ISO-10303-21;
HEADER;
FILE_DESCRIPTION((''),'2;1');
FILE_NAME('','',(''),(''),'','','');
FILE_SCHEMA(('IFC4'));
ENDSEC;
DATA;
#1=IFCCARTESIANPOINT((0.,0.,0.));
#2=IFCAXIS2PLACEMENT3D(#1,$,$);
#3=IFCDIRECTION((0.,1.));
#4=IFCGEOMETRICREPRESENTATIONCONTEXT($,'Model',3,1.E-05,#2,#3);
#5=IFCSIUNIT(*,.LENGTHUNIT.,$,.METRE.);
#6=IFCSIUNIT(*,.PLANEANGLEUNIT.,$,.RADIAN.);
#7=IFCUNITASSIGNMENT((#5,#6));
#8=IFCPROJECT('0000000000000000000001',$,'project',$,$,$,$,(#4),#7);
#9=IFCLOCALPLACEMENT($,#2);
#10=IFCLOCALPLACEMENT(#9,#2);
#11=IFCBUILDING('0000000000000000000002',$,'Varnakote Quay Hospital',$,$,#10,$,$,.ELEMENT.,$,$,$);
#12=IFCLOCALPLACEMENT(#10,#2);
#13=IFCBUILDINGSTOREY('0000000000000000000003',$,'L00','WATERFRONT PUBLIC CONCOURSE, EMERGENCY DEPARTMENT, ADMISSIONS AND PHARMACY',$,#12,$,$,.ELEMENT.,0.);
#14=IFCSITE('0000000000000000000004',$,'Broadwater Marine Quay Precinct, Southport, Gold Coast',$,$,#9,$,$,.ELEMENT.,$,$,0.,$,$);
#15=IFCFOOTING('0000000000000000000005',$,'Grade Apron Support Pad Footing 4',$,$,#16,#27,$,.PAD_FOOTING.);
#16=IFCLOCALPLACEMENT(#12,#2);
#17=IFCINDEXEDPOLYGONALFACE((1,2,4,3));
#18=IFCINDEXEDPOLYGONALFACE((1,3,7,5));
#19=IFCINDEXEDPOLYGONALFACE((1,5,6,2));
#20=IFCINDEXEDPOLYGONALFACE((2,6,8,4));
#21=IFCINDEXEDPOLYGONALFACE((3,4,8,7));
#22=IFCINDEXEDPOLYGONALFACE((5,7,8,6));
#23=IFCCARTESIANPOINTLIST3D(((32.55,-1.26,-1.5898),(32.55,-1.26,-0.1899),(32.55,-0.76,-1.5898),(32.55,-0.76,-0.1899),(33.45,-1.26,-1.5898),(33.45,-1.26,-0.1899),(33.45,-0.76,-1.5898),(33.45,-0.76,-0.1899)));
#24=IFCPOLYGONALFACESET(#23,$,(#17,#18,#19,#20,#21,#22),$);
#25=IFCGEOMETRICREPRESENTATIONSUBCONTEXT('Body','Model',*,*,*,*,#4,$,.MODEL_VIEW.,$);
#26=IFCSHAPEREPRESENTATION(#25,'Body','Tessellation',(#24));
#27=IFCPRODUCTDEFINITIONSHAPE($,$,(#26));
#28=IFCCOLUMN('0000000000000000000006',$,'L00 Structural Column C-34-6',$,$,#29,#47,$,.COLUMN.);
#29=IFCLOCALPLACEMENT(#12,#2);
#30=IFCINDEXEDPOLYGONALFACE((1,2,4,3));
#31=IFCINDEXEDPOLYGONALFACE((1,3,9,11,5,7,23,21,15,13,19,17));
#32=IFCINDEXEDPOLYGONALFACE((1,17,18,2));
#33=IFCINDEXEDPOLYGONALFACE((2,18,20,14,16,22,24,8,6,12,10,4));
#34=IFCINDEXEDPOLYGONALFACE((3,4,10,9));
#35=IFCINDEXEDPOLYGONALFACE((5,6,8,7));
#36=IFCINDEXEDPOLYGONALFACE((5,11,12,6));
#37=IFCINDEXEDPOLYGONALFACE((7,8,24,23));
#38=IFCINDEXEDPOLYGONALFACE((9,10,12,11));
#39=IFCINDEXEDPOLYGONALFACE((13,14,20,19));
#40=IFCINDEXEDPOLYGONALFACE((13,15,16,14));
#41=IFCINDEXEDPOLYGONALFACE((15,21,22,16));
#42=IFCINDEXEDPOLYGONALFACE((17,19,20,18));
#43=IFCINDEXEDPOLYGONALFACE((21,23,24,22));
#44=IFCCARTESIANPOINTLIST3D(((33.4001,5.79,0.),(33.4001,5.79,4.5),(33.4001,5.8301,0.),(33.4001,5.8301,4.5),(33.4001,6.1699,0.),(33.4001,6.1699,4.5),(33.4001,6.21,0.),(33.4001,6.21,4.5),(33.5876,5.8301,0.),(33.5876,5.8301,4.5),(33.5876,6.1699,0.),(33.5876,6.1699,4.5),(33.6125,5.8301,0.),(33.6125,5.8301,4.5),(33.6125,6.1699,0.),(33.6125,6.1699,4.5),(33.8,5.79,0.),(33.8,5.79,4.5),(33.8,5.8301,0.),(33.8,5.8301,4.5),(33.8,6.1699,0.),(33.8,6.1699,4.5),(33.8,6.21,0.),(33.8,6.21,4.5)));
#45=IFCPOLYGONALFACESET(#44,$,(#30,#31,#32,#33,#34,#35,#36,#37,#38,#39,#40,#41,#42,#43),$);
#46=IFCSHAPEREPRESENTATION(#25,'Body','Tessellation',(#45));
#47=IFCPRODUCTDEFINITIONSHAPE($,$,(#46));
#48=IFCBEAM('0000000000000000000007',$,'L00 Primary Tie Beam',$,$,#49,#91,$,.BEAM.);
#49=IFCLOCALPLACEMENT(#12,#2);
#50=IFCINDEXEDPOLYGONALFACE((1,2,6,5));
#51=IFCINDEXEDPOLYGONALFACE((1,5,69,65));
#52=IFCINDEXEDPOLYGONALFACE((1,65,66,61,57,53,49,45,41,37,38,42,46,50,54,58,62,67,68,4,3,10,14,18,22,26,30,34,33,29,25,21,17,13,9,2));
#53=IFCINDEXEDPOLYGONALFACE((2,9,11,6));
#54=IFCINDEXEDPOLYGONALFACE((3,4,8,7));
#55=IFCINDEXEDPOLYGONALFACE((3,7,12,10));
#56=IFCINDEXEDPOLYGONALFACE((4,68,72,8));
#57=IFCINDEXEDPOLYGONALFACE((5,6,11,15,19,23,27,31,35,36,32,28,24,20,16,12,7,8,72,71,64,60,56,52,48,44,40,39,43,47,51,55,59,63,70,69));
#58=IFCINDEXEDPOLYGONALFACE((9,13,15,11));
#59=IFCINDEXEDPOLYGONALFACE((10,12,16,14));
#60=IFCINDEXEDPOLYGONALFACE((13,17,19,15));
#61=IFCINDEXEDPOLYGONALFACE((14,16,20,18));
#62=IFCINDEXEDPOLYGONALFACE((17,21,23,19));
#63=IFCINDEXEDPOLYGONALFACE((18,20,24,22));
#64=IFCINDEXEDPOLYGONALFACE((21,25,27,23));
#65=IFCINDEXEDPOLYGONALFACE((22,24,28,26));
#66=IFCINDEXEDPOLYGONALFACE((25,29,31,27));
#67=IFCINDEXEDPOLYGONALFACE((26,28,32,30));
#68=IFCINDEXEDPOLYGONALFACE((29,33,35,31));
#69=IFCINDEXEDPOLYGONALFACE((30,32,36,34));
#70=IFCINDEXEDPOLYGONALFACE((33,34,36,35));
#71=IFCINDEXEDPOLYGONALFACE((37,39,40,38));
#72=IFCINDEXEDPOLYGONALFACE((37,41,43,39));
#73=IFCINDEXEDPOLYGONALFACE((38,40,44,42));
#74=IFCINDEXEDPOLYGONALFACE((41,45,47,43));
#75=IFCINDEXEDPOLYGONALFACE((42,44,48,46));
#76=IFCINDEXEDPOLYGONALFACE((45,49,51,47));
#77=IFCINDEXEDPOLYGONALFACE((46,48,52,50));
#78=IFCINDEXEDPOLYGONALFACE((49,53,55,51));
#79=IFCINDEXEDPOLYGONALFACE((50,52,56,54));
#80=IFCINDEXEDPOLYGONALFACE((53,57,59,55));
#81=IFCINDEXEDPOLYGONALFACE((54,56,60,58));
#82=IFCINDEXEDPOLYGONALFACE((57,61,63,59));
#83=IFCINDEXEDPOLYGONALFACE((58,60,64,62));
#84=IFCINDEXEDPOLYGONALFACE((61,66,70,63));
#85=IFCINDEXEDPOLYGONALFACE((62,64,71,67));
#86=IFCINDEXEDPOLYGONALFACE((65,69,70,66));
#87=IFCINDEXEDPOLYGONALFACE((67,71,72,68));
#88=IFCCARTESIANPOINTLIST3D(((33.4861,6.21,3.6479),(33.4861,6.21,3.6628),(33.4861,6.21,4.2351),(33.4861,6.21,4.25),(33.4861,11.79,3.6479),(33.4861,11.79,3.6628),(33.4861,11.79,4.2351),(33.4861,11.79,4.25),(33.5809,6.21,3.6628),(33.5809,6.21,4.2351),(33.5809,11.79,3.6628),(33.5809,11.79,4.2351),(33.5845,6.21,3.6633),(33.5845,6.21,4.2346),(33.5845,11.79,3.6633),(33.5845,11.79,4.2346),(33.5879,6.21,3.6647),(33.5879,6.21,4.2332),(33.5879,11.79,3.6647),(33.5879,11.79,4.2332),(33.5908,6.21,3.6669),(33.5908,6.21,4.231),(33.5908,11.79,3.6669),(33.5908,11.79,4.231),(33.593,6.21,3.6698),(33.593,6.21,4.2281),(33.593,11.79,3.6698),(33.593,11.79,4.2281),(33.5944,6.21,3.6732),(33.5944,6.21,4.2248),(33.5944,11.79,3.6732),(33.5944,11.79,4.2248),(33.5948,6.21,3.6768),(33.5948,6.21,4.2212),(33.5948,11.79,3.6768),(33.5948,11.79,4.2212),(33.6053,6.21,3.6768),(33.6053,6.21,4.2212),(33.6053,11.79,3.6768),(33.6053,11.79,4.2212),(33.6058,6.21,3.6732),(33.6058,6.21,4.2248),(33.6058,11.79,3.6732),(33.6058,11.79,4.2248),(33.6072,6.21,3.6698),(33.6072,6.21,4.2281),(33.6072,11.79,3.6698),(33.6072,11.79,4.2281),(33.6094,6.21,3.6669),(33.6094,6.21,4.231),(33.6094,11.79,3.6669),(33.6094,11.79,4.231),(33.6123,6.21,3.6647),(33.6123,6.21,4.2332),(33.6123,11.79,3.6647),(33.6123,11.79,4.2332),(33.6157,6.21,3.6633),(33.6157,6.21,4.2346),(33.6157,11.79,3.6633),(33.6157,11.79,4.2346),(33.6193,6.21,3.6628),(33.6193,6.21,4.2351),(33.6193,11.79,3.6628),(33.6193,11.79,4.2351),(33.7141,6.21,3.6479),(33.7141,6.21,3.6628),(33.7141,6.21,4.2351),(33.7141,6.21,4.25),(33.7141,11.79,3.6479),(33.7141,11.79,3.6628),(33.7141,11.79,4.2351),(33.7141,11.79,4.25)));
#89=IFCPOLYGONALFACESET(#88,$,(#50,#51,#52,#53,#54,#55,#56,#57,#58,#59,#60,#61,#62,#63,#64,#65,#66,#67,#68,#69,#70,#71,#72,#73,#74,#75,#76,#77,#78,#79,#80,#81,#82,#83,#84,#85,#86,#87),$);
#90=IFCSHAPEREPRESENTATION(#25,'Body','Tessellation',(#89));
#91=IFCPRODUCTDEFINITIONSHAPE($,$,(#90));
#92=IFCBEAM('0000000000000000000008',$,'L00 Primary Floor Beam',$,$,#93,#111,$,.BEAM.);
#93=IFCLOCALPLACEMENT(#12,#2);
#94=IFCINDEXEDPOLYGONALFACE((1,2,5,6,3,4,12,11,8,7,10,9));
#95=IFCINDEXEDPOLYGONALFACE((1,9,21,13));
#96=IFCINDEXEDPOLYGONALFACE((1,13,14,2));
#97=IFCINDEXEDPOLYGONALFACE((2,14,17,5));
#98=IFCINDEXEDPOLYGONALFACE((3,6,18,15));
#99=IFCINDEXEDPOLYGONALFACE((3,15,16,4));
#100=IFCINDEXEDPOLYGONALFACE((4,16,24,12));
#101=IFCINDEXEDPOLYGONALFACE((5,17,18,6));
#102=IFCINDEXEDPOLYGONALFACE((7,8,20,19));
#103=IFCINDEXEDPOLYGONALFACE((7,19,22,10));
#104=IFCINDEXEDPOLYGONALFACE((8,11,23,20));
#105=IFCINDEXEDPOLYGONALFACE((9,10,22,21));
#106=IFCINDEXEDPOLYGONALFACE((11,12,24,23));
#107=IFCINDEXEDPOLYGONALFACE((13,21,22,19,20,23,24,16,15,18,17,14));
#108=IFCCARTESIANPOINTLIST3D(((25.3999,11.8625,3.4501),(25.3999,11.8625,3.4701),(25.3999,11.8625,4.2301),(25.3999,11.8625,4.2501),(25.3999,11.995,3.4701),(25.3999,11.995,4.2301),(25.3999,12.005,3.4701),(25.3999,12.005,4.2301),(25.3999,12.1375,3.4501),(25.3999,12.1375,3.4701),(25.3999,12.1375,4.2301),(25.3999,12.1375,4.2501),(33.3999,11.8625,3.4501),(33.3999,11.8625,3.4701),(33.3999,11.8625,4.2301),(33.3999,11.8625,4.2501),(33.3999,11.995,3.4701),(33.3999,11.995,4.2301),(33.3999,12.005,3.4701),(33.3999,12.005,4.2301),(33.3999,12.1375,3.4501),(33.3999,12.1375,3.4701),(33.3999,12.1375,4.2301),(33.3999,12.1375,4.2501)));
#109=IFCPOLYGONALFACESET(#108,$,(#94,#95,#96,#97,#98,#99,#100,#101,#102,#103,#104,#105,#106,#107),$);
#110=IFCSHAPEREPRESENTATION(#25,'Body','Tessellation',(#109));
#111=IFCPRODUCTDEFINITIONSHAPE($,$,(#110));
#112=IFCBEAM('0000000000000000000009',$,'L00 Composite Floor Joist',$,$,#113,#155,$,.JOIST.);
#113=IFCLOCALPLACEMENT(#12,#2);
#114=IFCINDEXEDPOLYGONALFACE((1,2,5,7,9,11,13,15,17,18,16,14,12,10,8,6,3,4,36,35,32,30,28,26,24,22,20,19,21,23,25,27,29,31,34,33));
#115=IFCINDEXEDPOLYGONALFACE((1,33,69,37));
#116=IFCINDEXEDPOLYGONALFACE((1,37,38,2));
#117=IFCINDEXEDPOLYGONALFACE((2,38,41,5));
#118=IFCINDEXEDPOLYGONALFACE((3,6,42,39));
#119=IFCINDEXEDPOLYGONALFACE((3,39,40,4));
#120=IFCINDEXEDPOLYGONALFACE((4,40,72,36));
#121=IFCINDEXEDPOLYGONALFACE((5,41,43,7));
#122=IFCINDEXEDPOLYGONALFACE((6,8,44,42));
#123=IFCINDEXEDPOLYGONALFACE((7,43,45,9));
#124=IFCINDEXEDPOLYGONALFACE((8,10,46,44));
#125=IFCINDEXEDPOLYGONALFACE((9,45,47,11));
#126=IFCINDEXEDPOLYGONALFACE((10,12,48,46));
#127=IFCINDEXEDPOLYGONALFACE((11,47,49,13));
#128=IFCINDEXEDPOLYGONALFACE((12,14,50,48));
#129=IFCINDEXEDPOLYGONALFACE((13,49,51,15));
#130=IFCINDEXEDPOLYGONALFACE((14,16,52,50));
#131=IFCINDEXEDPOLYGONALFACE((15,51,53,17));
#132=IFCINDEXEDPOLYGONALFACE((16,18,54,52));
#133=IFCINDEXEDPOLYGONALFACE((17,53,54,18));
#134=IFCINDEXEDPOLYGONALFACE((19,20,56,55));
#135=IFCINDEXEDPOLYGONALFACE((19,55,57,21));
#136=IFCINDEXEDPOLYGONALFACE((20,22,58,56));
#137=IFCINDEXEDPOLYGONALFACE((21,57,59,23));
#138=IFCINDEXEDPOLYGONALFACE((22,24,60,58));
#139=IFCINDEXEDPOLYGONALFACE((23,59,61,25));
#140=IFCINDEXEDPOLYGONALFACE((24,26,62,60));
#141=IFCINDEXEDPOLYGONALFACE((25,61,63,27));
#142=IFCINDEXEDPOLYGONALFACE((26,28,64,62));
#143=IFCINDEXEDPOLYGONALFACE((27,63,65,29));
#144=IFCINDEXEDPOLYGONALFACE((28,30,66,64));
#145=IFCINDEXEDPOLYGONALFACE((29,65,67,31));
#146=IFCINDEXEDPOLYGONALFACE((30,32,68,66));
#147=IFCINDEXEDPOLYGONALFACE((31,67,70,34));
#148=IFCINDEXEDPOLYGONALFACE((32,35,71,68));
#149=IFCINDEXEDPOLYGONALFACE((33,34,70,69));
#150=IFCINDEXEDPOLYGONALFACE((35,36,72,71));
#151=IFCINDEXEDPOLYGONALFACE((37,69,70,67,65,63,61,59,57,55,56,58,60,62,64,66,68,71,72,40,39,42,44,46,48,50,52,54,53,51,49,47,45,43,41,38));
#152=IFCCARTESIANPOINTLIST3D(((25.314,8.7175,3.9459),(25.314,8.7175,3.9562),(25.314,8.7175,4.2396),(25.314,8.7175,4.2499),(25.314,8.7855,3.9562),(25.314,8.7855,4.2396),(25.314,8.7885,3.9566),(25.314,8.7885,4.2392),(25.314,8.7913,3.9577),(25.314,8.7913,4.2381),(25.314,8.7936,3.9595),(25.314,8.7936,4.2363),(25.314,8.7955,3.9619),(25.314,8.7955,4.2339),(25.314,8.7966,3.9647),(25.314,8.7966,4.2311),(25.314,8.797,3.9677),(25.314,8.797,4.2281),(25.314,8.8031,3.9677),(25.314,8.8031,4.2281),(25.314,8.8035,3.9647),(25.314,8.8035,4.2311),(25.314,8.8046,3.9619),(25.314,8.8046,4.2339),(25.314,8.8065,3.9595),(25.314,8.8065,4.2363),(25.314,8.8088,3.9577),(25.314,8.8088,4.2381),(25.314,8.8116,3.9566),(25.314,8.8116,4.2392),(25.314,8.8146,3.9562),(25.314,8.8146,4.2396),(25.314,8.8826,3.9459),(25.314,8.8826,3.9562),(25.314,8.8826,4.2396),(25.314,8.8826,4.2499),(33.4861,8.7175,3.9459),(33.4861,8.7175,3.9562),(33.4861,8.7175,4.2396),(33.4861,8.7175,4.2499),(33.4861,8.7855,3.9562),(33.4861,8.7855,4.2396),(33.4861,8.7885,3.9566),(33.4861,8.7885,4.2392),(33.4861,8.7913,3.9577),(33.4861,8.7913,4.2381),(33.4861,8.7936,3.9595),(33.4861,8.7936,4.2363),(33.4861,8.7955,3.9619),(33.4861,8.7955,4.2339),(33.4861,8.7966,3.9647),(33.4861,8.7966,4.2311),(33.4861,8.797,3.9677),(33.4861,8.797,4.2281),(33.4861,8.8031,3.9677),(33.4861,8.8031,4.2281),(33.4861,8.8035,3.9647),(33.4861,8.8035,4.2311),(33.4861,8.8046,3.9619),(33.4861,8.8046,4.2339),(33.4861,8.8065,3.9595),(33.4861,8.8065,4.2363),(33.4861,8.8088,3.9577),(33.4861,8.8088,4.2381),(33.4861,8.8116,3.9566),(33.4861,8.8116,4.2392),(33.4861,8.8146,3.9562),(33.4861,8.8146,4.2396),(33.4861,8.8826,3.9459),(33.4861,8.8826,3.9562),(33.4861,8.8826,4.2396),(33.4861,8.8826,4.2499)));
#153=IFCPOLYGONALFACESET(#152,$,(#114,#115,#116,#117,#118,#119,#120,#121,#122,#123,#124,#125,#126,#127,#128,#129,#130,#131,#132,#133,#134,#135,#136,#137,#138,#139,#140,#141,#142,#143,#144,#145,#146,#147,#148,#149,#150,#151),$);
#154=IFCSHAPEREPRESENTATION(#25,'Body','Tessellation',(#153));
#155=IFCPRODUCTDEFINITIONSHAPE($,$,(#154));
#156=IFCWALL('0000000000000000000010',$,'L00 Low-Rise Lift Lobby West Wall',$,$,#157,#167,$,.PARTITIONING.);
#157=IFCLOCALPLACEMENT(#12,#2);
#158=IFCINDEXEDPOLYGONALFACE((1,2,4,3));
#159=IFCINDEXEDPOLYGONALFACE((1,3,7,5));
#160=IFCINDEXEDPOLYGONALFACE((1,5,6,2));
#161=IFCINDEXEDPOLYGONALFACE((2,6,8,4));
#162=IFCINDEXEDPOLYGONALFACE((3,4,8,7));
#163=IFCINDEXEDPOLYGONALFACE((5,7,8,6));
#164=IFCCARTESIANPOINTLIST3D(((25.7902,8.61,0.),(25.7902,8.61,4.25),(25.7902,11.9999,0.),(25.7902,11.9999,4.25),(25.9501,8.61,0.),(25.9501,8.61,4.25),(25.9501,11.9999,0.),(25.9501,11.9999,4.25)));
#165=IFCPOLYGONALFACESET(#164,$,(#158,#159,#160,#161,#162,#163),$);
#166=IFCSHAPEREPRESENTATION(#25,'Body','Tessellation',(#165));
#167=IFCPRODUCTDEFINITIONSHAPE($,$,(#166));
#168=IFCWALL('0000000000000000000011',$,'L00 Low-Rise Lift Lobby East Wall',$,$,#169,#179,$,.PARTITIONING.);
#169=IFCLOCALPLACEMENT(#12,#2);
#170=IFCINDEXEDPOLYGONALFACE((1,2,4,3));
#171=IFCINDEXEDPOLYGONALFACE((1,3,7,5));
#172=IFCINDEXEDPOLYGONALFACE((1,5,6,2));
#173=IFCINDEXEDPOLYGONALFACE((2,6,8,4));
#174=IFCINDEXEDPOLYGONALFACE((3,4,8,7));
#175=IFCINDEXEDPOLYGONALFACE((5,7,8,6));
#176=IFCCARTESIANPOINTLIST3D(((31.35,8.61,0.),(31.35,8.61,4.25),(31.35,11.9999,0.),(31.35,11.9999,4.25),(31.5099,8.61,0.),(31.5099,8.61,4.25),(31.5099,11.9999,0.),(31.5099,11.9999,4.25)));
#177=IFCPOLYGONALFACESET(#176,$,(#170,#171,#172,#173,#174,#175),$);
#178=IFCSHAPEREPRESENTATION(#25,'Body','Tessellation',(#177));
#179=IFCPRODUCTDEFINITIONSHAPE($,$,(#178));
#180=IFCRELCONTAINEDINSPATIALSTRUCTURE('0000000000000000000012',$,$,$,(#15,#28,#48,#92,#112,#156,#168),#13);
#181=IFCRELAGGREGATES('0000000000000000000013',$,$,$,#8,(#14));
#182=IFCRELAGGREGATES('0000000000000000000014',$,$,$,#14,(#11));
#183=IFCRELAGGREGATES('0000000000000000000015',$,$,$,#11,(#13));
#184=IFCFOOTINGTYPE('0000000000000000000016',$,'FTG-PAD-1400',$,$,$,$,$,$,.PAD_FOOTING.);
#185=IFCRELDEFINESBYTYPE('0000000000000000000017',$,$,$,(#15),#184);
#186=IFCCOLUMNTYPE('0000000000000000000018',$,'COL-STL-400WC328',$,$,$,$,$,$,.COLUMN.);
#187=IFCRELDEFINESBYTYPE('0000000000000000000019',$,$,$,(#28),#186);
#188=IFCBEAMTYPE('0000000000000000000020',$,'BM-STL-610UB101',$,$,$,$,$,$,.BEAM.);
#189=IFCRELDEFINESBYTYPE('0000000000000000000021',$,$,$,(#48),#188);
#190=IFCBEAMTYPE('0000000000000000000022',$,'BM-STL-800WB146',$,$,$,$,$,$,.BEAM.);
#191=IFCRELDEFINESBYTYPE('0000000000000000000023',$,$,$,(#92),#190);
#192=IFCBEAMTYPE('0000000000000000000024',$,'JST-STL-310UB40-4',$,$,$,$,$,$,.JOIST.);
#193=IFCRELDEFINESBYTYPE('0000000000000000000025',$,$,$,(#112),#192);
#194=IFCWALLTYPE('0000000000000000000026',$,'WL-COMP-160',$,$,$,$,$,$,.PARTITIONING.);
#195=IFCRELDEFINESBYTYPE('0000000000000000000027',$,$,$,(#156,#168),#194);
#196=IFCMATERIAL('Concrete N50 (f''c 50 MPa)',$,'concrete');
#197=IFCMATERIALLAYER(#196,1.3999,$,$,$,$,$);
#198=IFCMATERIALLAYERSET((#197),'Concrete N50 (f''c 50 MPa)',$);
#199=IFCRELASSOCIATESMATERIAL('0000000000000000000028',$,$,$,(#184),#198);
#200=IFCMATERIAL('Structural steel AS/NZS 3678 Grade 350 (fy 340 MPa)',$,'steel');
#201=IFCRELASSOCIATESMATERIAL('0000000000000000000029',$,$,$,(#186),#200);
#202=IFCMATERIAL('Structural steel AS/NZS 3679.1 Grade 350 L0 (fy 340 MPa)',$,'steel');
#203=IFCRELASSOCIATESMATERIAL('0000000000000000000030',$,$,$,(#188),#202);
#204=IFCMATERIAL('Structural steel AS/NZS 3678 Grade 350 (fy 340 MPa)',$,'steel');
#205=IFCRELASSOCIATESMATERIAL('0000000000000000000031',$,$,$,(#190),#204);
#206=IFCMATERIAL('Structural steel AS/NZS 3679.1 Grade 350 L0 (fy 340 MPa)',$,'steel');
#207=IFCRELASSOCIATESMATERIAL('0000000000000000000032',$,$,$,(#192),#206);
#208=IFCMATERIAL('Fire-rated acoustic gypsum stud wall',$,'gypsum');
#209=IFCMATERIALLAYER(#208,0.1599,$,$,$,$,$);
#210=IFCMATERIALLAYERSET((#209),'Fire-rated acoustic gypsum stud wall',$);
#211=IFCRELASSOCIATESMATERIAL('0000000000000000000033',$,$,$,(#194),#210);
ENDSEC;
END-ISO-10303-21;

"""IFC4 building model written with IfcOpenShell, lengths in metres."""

from ifc_helpers import new_model, si_unit, direction, frame, frame_2d, origin, origin_2d, place, context, subcontext, project, spatial, rectangle, i_section, extrude, material, layer, layer_set, material_profile, profile_set, type_object, element, save


model = new_model("IFC4")

# Units and contexts
model_context = context("Model", 3, precision=1e-05, world=origin(), true_north=direction((0.0, 1.0)))
body_context = subcontext(model_context, "Body", "Model", "MODEL_VIEW")
ifc_project = project(units=[si_unit("LENGTHUNIT", "METRE"), si_unit("PLANEANGLEUNIT", "RADIAN")], contexts=[model_context])

# Site, building, storey
site_placement = place(None, origin())
site = spatial("IfcSite", under=ifc_project, at=site_placement, Name="Broadwater Marine Quay Precinct, Southport, Gold Coast", CompositionType="ELEMENT", RefElevation=0.0)
building_placement = place(site_placement, origin())
building = spatial("IfcBuilding", under=site, at=building_placement, Name="Varnakote Quay Hospital", CompositionType="ELEMENT")
storey_placement = place(building_placement, origin())
storey = spatial("IfcBuildingStorey", under=building, at=storey_placement, Name="L00", Description="WATERFRONT PUBLIC CONCOURSE, EMERGENCY DEPARTMENT, ADMISSIONS AND PHARMACY", CompositionType="ELEMENT", Elevation=0.0)

# Footing
ifc_material_1 = material(Name="Concrete N50 (f'c 50 MPa)", Category="concrete")
ifc_layer_1 = layer(ifc_material_1, 1.3999)
ifc_layer_set_1 = layer_set([ifc_layer_1], Name="Concrete N50 (f'c 50 MPa)")
footing_type = type_object("IfcFootingType", Name="FTG-PAD-1400", PredefinedType="PAD_FOOTING", material=ifc_layer_set_1)
footing_placement = place(storey_placement, frame((33.0, -1.01, -1.5898), z_axis=(0.0, 0.0, 1.0), x_axis=(1.0, 0.0, 0.0)))
element("IfcFooting", 1, at=footing_placement, inside=storey, type_object=footing_type, Name="Grade Apron Support Pad Footing 4", PredefinedType="PAD_FOOTING", context=body_context, shape_type="SweptSolid", body=[
    extrude(rectangle(XDim=0.8999, YDim=0.5, at=origin_2d()), origin(), (0.0, 0.0, 1.0), 1.3999),
])

# Column
ifc_material_2 = material(Name="Structural steel AS/NZS 3678 Grade 350 (fy 340 MPa)", Category="steel")
ifc_material_profile_1 = material_profile(ifc_material_2, i_section(OverallWidth=0.3999, OverallDepth=0.4199, WebThickness=0.0249, FlangeThickness=0.04, at=origin_2d()), Name="400WC328")
ifc_profile_set_1 = profile_set([ifc_material_profile_1], Name="Structural steel AS/NZS 3678 Grade 350 (fy 340 MPa)")
column_type = type_object("IfcColumnType", Name="COL-STL-400WC328", PredefinedType="COLUMN", material=ifc_profile_set_1)
column_placement = place(storey_placement, frame((33.6001, 6.0, 0.0), z_axis=(0.0, 0.0, 1.0), x_axis=(1.0, 0.0, 0.0)))
element("IfcColumn", 2, at=column_placement, inside=storey, type_object=column_type, Name="L00 Structural Column C-34-6", PredefinedType="COLUMN", context=body_context, shape_type="SweptSolid", body=[
    extrude(i_section(OverallWidth=0.3999, OverallDepth=0.4199, WebThickness=0.0249, FlangeThickness=0.04, at=origin_2d()), origin(), (0.0, 0.0, 1.0), 4.5),
])

# Beams
ifc_material_3 = material(Name="Structural steel AS/NZS 3679.1 Grade 350 L0 (fy 340 MPa)", Category="steel")
ifc_material_profile_2 = material_profile(ifc_material_3, i_section(OverallWidth=0.228, OverallDepth=0.6021, WebThickness=0.0105, FlangeThickness=0.0149, FilletRadius=0.0139, at=origin_2d()), Name="610UB101")
ifc_profile_set_2 = profile_set([ifc_material_profile_2], Name="Structural steel AS/NZS 3679.1 Grade 350 L0 (fy 340 MPa)")
beam_type_1 = type_object("IfcBeamType", Name="BM-STL-610UB101", PredefinedType="BEAM", material=ifc_profile_set_2)
beam_1_placement = place(storey_placement, frame((33.6001, 6.21, 3.949), z_axis=(0.0, 1.0, 0.0), x_axis=(-1.0, 0.0, 0.0)))
element("IfcBeam", 3, at=beam_1_placement, inside=storey, type_object=beam_type_1, Name="L00 Primary Tie Beam", PredefinedType="BEAM", context=body_context, shape_type="SweptSolid", body=[
    extrude(i_section(OverallWidth=0.228, OverallDepth=0.6021, WebThickness=0.0105, FlangeThickness=0.0149, FilletRadius=0.0139, at=origin_2d()), origin(), (0.0, 0.0, 1.0), 5.5801),
])
ifc_material_4 = material(Name="Structural steel AS/NZS 3678 Grade 350 (fy 340 MPa)", Category="steel")
ifc_material_profile_3 = material_profile(ifc_material_4, i_section(OverallWidth=0.2749, OverallDepth=0.8, WebThickness=0.01, FlangeThickness=0.02, at=origin_2d()), Name="800WB146")
ifc_profile_set_3 = profile_set([ifc_material_profile_3], Name="Structural steel AS/NZS 3678 Grade 350 (fy 340 MPa)")
beam_type_2 = type_object("IfcBeamType", Name="BM-STL-800WB146", PredefinedType="BEAM", material=ifc_profile_set_3)
beam_2_placement = place(storey_placement, frame((25.3999, 12.0, 3.8501), z_axis=(1.0, 0.0, 0.0), x_axis=(0.0, 1.0, 0.0)))
element("IfcBeam", 4, at=beam_2_placement, inside=storey, type_object=beam_type_2, Name="L00 Primary Floor Beam", PredefinedType="BEAM", context=body_context, shape_type="SweptSolid", body=[
    extrude(i_section(OverallWidth=0.2749, OverallDepth=0.8, WebThickness=0.01, FlangeThickness=0.02, at=origin_2d()), origin(), (0.0, 0.0, 1.0), 8.0),
])
ifc_material_5 = material(Name="Structural steel AS/NZS 3679.1 Grade 350 L0 (fy 340 MPa)", Category="steel")
ifc_material_profile_4 = material_profile(ifc_material_5, i_section(OverallWidth=0.165, OverallDepth=0.304, WebThickness=0.0061, FlangeThickness=0.0103, FilletRadius=0.0115, at=origin_2d()), Name="310UB40.4")
ifc_profile_set_4 = profile_set([ifc_material_profile_4], Name="Structural steel AS/NZS 3679.1 Grade 350 L0 (fy 340 MPa)")
beam_type_3 = type_object("IfcBeamType", Name="JST-STL-310UB40-4", PredefinedType="JOIST", material=ifc_profile_set_4)
beam_3_placement = place(storey_placement, frame((25.314, 8.8, 4.0979), z_axis=(1.0, 0.0, 0.0), x_axis=(0.0, 1.0, 0.0)))
element("IfcBeam", 5, at=beam_3_placement, inside=storey, type_object=beam_type_3, Name="L00 Composite Floor Joist", PredefinedType="JOIST", context=body_context, shape_type="SweptSolid", body=[
    extrude(i_section(OverallWidth=0.165, OverallDepth=0.304, WebThickness=0.0061, FlangeThickness=0.0103, FilletRadius=0.0115, at=origin_2d()), origin(), (0.0, 0.0, 1.0), 8.1721),
])

# Walls
ifc_material_6 = material(Name="Fire-rated acoustic gypsum stud wall", Category="gypsum")
ifc_layer_2 = layer(ifc_material_6, 0.1599)
ifc_layer_set_2 = layer_set([ifc_layer_2], Name="Fire-rated acoustic gypsum stud wall")
wall_type_1 = type_object("IfcWallType", Name="WL-COMP-160", PredefinedType="PARTITIONING", material=ifc_layer_set_2)
for number, where, z_axis, x_axis, name in (
    (6, (25.8701, 8.6101, 0.0), (0.0, 0.0, 1.0), (0.0, 1.0, 0.0), "L00 Low-Rise Lift Lobby West Wall"),
    (7, (31.4299, 8.6101, 0.0), (0.0, 0.0, 1.0), (0.0, 1.0, 0.0), "L00 Low-Rise Lift Lobby East Wall"),
):
    element("IfcWall", number, at=place(storey_placement, frame(where, z_axis=z_axis, x_axis=x_axis)), inside=storey, type_object=wall_type_1, Name=name, PredefinedType="PARTITIONING", context=body_context, shape_type="SweptSolid", body=[
        extrude(rectangle(XDim=3.3899, YDim=0.1599, at=frame_2d((1.6948, 0.0))), origin(), (0.0, 0.0, 1.0), 4.25),
    ])

save(model, "model.ifc")
